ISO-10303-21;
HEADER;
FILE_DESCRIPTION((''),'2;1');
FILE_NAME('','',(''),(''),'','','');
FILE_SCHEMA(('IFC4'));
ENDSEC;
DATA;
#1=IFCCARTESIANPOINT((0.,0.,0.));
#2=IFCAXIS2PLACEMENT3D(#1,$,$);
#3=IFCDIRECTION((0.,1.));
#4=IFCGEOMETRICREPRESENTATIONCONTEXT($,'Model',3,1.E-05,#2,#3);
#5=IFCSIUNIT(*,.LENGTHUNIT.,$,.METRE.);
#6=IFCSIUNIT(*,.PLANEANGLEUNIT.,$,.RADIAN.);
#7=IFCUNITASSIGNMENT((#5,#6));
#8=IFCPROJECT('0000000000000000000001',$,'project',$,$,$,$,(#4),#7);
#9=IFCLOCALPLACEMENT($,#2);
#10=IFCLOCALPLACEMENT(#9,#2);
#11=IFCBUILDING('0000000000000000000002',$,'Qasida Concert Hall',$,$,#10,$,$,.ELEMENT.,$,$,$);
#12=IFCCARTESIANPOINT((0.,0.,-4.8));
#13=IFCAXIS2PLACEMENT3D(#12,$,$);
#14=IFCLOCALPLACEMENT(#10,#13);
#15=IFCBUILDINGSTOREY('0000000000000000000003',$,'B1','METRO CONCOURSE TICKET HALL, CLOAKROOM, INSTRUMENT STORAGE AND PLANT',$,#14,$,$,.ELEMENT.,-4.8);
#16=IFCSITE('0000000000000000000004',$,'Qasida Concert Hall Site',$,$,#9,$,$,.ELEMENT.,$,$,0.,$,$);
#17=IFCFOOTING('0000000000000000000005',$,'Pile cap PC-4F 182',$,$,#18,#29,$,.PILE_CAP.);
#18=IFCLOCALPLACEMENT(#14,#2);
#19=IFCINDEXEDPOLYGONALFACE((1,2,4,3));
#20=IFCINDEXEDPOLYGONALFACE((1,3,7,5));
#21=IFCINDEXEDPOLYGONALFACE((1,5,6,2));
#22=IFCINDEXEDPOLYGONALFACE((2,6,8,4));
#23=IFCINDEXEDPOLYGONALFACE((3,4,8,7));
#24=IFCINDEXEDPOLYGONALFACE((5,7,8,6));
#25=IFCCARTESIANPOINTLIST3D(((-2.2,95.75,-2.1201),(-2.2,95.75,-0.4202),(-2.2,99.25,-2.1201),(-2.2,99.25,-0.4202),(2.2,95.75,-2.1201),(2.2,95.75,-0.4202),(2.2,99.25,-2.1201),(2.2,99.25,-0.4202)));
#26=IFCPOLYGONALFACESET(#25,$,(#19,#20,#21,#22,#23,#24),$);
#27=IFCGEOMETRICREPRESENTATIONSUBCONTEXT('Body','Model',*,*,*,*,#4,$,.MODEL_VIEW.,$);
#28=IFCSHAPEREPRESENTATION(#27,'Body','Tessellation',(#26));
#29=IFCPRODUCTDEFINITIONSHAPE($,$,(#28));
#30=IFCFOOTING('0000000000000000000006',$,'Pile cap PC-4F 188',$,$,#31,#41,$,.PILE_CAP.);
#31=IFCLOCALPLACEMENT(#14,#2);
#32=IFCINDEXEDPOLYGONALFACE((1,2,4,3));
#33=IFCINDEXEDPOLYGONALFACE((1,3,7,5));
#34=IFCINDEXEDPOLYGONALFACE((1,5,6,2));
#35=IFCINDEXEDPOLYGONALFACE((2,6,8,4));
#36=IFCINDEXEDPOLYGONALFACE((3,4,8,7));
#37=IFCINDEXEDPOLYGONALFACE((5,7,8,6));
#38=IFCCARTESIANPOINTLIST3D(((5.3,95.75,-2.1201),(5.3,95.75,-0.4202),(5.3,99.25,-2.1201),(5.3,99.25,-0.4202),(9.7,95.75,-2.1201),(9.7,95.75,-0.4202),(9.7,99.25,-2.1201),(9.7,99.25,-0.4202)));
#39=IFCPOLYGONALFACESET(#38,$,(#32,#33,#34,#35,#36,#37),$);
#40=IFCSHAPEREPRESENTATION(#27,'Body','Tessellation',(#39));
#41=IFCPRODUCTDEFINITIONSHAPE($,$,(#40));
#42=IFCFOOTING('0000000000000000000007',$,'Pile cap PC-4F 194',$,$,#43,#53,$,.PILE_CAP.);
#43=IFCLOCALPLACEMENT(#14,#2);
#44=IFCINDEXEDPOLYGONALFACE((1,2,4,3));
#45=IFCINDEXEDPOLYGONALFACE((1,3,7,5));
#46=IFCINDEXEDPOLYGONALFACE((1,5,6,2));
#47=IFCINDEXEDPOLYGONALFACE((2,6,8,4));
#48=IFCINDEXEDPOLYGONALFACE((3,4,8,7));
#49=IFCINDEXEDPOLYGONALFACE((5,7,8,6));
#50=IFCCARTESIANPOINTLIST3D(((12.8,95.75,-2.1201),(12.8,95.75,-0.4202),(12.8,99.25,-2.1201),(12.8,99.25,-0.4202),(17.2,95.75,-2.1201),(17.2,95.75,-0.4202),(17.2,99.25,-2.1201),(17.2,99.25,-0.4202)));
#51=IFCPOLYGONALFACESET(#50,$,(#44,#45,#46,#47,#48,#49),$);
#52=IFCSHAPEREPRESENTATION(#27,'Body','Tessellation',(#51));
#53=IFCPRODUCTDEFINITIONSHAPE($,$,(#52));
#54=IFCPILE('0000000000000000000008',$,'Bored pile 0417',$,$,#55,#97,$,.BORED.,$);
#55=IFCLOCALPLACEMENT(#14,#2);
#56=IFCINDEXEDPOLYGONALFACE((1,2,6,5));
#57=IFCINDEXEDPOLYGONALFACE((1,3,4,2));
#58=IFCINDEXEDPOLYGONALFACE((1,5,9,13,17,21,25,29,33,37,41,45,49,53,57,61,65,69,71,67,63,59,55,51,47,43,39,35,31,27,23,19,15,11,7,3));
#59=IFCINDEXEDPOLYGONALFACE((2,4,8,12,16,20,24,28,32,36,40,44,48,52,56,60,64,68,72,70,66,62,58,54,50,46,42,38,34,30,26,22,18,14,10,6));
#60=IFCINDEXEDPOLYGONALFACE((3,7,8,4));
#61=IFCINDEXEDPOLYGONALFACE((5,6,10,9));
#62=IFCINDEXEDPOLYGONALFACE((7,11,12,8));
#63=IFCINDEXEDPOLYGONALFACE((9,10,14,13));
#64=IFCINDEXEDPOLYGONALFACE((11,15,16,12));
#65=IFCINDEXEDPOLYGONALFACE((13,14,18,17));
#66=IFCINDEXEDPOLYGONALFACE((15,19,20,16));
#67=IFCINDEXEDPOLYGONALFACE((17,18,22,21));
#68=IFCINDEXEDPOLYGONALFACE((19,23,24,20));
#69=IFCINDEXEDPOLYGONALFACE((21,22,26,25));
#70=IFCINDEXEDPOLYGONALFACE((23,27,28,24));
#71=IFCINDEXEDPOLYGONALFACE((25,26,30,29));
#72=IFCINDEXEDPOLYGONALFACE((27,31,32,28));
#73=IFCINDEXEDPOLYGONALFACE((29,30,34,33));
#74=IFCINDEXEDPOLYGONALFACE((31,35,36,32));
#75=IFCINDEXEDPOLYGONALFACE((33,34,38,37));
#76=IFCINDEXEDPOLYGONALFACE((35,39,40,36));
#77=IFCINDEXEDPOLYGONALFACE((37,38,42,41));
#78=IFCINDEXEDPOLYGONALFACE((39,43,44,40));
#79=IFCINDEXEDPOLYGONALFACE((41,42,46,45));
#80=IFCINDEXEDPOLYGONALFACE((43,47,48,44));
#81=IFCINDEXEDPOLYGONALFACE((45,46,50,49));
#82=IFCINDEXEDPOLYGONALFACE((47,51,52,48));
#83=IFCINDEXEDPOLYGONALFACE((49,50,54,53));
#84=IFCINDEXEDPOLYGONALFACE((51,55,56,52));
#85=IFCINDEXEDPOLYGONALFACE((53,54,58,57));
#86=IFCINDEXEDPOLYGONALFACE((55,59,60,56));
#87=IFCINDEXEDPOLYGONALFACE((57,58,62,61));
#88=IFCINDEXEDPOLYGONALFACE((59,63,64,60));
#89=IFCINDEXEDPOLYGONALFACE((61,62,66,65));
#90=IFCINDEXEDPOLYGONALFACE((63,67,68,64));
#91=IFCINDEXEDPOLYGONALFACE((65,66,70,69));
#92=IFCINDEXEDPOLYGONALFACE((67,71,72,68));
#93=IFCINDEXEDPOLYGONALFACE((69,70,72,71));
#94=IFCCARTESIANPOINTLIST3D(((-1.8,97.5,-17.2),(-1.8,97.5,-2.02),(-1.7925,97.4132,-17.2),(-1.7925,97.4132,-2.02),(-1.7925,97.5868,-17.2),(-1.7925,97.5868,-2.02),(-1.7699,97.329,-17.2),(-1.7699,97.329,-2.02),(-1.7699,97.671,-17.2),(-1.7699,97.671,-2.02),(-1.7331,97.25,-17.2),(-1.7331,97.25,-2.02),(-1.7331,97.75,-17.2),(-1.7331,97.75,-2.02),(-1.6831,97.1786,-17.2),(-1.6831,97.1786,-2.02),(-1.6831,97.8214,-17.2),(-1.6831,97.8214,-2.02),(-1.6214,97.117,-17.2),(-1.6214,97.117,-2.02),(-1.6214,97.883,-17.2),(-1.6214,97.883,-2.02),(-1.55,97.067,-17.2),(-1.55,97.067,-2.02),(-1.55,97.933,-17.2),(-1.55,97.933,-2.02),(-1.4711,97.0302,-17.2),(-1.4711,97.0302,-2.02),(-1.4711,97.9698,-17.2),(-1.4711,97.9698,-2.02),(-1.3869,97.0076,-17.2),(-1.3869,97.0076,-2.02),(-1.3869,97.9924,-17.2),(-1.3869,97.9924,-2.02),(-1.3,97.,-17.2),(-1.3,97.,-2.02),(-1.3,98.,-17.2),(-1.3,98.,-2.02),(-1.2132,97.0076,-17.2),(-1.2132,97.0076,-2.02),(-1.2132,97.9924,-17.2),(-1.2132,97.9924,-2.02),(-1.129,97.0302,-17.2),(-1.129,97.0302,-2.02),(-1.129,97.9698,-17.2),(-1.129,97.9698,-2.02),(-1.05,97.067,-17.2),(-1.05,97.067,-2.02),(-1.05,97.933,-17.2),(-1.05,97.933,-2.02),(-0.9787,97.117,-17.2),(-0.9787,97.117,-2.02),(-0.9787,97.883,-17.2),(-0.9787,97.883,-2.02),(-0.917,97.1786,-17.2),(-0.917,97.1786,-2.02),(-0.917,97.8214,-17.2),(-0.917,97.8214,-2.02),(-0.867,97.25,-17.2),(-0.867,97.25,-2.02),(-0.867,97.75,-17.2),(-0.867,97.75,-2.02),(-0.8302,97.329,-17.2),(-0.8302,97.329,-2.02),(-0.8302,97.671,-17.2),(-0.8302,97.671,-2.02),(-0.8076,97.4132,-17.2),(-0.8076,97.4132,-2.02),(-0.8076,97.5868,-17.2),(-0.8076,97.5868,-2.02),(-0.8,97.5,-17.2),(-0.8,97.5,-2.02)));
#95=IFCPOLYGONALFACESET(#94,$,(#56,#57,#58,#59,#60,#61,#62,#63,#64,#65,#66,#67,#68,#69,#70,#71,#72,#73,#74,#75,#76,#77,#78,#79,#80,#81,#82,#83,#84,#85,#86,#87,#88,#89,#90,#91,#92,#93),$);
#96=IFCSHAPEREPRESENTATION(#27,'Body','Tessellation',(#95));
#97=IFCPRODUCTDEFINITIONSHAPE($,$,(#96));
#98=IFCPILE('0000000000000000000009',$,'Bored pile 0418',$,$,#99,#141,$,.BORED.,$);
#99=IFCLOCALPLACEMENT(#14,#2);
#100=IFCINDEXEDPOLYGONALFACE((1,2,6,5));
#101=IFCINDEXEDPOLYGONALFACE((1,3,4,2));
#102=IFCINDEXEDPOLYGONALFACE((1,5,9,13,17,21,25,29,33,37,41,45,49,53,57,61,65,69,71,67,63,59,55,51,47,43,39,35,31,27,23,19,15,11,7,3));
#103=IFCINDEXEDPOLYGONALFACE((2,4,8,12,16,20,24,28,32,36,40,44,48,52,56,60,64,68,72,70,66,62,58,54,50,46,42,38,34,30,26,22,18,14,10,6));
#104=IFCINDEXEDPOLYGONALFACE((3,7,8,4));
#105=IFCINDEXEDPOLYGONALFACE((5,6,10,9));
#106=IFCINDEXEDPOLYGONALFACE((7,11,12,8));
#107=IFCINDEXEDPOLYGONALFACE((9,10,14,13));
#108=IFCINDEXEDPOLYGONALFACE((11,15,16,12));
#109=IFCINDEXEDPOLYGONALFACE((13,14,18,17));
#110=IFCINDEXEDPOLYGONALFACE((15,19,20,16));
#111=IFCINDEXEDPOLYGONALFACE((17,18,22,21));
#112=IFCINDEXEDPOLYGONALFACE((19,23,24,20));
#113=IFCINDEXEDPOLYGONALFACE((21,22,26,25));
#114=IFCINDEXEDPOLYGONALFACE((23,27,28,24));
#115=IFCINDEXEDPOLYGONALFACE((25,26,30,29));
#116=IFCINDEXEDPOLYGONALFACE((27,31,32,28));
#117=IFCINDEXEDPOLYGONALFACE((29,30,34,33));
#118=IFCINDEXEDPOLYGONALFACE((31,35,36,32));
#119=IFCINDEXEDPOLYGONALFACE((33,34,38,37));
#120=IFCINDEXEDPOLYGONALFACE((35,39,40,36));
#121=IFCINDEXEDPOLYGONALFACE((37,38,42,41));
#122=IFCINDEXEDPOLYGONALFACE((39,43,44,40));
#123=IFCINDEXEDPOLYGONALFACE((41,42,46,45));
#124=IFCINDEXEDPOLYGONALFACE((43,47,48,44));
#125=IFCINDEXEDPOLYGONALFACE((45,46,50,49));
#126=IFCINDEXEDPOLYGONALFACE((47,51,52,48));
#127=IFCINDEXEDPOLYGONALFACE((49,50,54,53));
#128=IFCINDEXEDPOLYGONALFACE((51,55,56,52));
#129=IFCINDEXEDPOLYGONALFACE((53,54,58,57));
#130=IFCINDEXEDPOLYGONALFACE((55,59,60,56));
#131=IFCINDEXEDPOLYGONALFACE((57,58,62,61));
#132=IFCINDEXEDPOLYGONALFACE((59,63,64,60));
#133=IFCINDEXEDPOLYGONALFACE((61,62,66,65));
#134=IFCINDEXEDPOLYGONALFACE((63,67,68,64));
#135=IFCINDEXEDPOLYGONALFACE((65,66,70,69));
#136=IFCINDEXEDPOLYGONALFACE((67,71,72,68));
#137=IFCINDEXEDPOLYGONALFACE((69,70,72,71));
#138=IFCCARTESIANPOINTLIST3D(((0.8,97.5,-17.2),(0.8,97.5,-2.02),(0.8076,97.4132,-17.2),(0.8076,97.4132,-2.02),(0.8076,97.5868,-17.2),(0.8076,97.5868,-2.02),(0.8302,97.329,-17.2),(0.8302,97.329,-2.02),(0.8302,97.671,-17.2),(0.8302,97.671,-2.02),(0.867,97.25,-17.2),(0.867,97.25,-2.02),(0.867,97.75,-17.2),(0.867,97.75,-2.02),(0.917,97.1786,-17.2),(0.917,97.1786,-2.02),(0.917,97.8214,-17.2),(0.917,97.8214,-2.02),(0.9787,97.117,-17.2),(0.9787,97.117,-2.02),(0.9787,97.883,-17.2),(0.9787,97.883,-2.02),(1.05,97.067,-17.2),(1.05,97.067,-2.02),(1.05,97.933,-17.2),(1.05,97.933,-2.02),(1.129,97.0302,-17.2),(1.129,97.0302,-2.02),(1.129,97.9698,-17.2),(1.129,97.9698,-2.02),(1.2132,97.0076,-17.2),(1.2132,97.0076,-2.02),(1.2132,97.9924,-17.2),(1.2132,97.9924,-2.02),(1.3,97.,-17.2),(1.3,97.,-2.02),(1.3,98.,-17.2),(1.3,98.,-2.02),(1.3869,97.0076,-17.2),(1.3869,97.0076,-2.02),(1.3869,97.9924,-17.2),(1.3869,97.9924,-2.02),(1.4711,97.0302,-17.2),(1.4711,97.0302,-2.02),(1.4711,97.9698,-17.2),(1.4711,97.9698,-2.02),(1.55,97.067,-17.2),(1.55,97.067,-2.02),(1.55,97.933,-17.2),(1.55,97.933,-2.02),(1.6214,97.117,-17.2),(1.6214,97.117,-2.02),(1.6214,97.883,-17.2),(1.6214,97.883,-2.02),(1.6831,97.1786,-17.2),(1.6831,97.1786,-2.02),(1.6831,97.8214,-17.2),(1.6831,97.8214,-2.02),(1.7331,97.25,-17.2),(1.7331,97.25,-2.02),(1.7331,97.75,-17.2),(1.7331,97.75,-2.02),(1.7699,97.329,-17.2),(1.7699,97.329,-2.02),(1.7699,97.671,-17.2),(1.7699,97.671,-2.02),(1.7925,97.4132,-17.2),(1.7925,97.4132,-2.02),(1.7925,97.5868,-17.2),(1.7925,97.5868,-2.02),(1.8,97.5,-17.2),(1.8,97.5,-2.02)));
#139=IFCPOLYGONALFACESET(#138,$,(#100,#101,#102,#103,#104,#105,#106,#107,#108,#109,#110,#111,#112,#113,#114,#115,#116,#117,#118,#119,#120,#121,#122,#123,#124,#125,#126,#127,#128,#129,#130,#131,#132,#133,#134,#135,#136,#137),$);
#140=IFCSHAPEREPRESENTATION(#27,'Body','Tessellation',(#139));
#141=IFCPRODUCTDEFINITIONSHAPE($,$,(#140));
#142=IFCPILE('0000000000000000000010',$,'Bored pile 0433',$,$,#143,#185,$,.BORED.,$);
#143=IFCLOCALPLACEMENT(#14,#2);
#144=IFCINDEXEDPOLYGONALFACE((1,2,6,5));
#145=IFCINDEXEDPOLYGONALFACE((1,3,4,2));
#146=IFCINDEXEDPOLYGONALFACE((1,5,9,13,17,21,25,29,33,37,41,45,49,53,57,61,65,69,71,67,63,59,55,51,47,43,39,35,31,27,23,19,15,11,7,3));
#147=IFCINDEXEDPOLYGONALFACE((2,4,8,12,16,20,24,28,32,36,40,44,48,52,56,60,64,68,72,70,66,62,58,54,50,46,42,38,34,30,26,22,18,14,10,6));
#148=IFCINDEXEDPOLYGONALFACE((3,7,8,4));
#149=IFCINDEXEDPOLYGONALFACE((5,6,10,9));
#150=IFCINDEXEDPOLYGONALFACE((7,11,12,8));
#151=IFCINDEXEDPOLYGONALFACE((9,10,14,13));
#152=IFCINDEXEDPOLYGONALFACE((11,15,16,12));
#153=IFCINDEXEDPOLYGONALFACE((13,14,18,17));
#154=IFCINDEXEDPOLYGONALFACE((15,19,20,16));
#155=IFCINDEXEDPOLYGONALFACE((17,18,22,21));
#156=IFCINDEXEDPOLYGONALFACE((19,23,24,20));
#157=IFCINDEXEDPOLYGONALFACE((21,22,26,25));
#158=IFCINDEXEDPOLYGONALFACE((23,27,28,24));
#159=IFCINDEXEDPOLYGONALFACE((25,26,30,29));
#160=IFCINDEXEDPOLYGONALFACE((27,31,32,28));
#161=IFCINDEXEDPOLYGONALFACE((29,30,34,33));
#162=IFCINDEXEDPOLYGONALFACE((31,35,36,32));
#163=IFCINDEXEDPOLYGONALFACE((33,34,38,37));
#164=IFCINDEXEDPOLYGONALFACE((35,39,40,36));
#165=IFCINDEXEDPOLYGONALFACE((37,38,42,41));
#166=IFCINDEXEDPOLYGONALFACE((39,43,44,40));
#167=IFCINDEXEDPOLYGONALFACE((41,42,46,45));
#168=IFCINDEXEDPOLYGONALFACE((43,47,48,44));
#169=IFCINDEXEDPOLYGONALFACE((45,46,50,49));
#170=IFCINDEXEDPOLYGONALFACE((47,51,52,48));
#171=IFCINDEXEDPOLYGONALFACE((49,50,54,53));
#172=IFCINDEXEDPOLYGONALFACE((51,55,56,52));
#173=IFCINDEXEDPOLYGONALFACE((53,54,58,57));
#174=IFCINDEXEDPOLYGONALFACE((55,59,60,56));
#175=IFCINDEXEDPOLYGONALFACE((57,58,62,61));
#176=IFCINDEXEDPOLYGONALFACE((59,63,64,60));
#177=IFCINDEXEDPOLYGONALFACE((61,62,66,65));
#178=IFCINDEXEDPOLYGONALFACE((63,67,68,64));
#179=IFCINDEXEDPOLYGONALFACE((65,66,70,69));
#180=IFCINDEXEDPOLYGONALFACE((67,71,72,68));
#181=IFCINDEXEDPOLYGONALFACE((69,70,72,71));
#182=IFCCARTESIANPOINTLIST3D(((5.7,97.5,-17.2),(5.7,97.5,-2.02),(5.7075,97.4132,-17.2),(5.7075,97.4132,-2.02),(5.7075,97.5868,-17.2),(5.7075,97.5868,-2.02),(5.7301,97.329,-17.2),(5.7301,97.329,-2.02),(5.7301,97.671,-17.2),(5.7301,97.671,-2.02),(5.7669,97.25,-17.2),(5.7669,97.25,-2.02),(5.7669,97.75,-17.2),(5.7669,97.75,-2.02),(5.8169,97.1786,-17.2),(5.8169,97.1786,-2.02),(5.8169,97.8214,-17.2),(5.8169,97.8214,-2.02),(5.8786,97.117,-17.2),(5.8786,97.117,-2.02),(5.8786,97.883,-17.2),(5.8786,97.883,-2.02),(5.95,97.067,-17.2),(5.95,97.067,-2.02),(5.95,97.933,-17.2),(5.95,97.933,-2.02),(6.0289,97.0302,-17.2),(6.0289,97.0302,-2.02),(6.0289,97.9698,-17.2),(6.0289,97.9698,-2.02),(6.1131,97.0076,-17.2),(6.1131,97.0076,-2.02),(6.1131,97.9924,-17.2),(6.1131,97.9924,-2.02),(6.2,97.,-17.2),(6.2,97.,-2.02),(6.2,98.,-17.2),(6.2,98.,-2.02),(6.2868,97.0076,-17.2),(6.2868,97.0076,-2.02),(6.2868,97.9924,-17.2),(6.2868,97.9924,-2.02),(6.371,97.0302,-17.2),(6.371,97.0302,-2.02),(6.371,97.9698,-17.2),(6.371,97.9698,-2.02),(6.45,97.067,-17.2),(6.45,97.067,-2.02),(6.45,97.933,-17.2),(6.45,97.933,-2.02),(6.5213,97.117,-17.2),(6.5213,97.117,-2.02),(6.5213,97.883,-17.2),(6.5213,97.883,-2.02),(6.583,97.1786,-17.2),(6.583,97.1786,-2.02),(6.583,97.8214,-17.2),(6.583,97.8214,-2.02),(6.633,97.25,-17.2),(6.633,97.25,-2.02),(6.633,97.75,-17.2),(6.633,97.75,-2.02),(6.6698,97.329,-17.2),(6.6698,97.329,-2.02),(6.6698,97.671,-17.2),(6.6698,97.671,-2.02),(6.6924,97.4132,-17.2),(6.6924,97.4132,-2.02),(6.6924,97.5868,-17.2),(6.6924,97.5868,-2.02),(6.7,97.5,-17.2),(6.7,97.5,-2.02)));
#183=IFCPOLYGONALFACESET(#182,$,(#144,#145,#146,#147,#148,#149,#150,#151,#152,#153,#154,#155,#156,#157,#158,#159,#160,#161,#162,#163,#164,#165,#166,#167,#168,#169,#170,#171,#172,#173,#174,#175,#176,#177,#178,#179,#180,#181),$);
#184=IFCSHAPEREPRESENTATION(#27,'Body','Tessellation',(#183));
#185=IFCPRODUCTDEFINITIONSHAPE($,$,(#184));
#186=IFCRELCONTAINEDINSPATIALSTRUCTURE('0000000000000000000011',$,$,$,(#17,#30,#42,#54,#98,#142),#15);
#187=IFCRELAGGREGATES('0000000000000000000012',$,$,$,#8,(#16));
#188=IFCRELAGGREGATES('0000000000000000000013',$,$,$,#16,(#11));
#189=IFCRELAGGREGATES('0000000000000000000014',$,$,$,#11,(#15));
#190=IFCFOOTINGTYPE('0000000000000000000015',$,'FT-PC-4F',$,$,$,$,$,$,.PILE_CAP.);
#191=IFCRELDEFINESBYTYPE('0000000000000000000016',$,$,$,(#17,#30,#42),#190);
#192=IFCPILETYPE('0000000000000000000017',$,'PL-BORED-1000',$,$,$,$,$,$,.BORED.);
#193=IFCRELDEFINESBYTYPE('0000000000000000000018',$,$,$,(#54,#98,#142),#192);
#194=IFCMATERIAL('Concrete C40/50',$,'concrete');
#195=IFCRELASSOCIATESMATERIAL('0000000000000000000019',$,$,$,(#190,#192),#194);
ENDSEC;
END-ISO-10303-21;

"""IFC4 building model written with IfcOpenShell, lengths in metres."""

from ifc_helpers import new_model, si_unit, direction, frame, origin, origin_2d, place, context, subcontext, project, spatial, rectangle, circle, extrude, material, material_profile, profile_set, type_object, element, save


model = new_model("IFC4")

# Units and contexts
model_context = context("Model", 3, precision=1e-05, world=origin(), true_north=direction((0.0, 1.0)))
body_context = subcontext(model_context, "Body", "Model", "MODEL_VIEW")
ifc_project = project(units=[si_unit("LENGTHUNIT", "METRE"), si_unit("PLANEANGLEUNIT", "RADIAN")], contexts=[model_context])

# Site, building, storey
site_placement = place(None, origin())
site = spatial("IfcSite", under=ifc_project, at=site_placement, Name="Qasida Concert Hall Site", CompositionType="ELEMENT", RefElevation=0.0)
building_placement = place(site_placement, origin())
building = spatial("IfcBuilding", under=site, at=building_placement, Name="Qasida Concert Hall", CompositionType="ELEMENT")
storey_placement = place(building_placement, frame((0.0, 0.0, -4.8)))
storey = spatial("IfcBuildingStorey", under=building, at=storey_placement, Name="B1", Description="METRO CONCOURSE TICKET HALL, CLOAKROOM, INSTRUMENT STORAGE AND PLANT", CompositionType="ELEMENT", Elevation=-4.8)

# Footings
ifc_material_1 = material(Name="Concrete C40/50", Category="concrete")
footing_type = type_object("IfcFootingType", Name="FT-PC-4F", PredefinedType="PILE_CAP", material=ifc_material_1)
for number, where, z_axis, x_axis, name in (
    (1, (0.0, 97.5, -2.1201), (0.0, 0.0, 1.0), (1.0, 0.0, 0.0), "Pile cap PC-4F 182"),
    (2, (7.5, 97.5, -2.1201), (0.0, 0.0, 1.0), (1.0, 0.0, 0.0), "Pile cap PC-4F 188"),
    (3, (15.0, 97.5, -2.1201), (0.0, 0.0, 1.0), (1.0, 0.0, 0.0), "Pile cap PC-4F 194"),
):
    element("IfcFooting", number, at=place(storey_placement, frame(where, z_axis=z_axis, x_axis=x_axis)), inside=storey, type_object=footing_type, Name=name, PredefinedType="PILE_CAP", context=body_context, shape_type="SweptSolid", body=[
        extrude(rectangle(XDim=4.3999, YDim=3.5, at=origin_2d()), origin(), (0.0, 0.0, 1.0), 1.7),
    ])

# Piles
ifc_material_profile_1 = material_profile(ifc_material_1, circle(Radius=0.5, at=origin_2d()), Name="BORED PILE D1000")
ifc_profile_set_1 = profile_set([ifc_material_profile_1], Name="Concrete C40/50")
pile_type = type_object("IfcPileType", Name="PL-BORED-1000", PredefinedType="BORED", material=ifc_profile_set_1)
for number, where, z_axis, x_axis, name in (
    (4, (-1.3, 97.5, -2.02), (0.0, 0.0, -1.0), (1.0, 0.0, 0.0), "Bored pile 0417"),
    (5, (1.3, 97.5, -2.02), (0.0, 0.0, -1.0), (1.0, 0.0, 0.0), "Bored pile 0418"),
    (6, (6.2, 97.5, -2.02), (0.0, 0.0, -1.0), (1.0, 0.0, 0.0), "Bored pile 0433"),
):
    element("IfcPile", number, at=place(storey_placement, frame(where, z_axis=z_axis, x_axis=x_axis)), inside=storey, type_object=pile_type, Name=name, PredefinedType="BORED", context=body_context, shape_type="SweptSolid", body=[
        extrude(circle(Radius=0.5, at=origin_2d()), origin(), (0.0, 0.0, 1.0), 15.1799),
    ])

save(model, "model.ifc")
